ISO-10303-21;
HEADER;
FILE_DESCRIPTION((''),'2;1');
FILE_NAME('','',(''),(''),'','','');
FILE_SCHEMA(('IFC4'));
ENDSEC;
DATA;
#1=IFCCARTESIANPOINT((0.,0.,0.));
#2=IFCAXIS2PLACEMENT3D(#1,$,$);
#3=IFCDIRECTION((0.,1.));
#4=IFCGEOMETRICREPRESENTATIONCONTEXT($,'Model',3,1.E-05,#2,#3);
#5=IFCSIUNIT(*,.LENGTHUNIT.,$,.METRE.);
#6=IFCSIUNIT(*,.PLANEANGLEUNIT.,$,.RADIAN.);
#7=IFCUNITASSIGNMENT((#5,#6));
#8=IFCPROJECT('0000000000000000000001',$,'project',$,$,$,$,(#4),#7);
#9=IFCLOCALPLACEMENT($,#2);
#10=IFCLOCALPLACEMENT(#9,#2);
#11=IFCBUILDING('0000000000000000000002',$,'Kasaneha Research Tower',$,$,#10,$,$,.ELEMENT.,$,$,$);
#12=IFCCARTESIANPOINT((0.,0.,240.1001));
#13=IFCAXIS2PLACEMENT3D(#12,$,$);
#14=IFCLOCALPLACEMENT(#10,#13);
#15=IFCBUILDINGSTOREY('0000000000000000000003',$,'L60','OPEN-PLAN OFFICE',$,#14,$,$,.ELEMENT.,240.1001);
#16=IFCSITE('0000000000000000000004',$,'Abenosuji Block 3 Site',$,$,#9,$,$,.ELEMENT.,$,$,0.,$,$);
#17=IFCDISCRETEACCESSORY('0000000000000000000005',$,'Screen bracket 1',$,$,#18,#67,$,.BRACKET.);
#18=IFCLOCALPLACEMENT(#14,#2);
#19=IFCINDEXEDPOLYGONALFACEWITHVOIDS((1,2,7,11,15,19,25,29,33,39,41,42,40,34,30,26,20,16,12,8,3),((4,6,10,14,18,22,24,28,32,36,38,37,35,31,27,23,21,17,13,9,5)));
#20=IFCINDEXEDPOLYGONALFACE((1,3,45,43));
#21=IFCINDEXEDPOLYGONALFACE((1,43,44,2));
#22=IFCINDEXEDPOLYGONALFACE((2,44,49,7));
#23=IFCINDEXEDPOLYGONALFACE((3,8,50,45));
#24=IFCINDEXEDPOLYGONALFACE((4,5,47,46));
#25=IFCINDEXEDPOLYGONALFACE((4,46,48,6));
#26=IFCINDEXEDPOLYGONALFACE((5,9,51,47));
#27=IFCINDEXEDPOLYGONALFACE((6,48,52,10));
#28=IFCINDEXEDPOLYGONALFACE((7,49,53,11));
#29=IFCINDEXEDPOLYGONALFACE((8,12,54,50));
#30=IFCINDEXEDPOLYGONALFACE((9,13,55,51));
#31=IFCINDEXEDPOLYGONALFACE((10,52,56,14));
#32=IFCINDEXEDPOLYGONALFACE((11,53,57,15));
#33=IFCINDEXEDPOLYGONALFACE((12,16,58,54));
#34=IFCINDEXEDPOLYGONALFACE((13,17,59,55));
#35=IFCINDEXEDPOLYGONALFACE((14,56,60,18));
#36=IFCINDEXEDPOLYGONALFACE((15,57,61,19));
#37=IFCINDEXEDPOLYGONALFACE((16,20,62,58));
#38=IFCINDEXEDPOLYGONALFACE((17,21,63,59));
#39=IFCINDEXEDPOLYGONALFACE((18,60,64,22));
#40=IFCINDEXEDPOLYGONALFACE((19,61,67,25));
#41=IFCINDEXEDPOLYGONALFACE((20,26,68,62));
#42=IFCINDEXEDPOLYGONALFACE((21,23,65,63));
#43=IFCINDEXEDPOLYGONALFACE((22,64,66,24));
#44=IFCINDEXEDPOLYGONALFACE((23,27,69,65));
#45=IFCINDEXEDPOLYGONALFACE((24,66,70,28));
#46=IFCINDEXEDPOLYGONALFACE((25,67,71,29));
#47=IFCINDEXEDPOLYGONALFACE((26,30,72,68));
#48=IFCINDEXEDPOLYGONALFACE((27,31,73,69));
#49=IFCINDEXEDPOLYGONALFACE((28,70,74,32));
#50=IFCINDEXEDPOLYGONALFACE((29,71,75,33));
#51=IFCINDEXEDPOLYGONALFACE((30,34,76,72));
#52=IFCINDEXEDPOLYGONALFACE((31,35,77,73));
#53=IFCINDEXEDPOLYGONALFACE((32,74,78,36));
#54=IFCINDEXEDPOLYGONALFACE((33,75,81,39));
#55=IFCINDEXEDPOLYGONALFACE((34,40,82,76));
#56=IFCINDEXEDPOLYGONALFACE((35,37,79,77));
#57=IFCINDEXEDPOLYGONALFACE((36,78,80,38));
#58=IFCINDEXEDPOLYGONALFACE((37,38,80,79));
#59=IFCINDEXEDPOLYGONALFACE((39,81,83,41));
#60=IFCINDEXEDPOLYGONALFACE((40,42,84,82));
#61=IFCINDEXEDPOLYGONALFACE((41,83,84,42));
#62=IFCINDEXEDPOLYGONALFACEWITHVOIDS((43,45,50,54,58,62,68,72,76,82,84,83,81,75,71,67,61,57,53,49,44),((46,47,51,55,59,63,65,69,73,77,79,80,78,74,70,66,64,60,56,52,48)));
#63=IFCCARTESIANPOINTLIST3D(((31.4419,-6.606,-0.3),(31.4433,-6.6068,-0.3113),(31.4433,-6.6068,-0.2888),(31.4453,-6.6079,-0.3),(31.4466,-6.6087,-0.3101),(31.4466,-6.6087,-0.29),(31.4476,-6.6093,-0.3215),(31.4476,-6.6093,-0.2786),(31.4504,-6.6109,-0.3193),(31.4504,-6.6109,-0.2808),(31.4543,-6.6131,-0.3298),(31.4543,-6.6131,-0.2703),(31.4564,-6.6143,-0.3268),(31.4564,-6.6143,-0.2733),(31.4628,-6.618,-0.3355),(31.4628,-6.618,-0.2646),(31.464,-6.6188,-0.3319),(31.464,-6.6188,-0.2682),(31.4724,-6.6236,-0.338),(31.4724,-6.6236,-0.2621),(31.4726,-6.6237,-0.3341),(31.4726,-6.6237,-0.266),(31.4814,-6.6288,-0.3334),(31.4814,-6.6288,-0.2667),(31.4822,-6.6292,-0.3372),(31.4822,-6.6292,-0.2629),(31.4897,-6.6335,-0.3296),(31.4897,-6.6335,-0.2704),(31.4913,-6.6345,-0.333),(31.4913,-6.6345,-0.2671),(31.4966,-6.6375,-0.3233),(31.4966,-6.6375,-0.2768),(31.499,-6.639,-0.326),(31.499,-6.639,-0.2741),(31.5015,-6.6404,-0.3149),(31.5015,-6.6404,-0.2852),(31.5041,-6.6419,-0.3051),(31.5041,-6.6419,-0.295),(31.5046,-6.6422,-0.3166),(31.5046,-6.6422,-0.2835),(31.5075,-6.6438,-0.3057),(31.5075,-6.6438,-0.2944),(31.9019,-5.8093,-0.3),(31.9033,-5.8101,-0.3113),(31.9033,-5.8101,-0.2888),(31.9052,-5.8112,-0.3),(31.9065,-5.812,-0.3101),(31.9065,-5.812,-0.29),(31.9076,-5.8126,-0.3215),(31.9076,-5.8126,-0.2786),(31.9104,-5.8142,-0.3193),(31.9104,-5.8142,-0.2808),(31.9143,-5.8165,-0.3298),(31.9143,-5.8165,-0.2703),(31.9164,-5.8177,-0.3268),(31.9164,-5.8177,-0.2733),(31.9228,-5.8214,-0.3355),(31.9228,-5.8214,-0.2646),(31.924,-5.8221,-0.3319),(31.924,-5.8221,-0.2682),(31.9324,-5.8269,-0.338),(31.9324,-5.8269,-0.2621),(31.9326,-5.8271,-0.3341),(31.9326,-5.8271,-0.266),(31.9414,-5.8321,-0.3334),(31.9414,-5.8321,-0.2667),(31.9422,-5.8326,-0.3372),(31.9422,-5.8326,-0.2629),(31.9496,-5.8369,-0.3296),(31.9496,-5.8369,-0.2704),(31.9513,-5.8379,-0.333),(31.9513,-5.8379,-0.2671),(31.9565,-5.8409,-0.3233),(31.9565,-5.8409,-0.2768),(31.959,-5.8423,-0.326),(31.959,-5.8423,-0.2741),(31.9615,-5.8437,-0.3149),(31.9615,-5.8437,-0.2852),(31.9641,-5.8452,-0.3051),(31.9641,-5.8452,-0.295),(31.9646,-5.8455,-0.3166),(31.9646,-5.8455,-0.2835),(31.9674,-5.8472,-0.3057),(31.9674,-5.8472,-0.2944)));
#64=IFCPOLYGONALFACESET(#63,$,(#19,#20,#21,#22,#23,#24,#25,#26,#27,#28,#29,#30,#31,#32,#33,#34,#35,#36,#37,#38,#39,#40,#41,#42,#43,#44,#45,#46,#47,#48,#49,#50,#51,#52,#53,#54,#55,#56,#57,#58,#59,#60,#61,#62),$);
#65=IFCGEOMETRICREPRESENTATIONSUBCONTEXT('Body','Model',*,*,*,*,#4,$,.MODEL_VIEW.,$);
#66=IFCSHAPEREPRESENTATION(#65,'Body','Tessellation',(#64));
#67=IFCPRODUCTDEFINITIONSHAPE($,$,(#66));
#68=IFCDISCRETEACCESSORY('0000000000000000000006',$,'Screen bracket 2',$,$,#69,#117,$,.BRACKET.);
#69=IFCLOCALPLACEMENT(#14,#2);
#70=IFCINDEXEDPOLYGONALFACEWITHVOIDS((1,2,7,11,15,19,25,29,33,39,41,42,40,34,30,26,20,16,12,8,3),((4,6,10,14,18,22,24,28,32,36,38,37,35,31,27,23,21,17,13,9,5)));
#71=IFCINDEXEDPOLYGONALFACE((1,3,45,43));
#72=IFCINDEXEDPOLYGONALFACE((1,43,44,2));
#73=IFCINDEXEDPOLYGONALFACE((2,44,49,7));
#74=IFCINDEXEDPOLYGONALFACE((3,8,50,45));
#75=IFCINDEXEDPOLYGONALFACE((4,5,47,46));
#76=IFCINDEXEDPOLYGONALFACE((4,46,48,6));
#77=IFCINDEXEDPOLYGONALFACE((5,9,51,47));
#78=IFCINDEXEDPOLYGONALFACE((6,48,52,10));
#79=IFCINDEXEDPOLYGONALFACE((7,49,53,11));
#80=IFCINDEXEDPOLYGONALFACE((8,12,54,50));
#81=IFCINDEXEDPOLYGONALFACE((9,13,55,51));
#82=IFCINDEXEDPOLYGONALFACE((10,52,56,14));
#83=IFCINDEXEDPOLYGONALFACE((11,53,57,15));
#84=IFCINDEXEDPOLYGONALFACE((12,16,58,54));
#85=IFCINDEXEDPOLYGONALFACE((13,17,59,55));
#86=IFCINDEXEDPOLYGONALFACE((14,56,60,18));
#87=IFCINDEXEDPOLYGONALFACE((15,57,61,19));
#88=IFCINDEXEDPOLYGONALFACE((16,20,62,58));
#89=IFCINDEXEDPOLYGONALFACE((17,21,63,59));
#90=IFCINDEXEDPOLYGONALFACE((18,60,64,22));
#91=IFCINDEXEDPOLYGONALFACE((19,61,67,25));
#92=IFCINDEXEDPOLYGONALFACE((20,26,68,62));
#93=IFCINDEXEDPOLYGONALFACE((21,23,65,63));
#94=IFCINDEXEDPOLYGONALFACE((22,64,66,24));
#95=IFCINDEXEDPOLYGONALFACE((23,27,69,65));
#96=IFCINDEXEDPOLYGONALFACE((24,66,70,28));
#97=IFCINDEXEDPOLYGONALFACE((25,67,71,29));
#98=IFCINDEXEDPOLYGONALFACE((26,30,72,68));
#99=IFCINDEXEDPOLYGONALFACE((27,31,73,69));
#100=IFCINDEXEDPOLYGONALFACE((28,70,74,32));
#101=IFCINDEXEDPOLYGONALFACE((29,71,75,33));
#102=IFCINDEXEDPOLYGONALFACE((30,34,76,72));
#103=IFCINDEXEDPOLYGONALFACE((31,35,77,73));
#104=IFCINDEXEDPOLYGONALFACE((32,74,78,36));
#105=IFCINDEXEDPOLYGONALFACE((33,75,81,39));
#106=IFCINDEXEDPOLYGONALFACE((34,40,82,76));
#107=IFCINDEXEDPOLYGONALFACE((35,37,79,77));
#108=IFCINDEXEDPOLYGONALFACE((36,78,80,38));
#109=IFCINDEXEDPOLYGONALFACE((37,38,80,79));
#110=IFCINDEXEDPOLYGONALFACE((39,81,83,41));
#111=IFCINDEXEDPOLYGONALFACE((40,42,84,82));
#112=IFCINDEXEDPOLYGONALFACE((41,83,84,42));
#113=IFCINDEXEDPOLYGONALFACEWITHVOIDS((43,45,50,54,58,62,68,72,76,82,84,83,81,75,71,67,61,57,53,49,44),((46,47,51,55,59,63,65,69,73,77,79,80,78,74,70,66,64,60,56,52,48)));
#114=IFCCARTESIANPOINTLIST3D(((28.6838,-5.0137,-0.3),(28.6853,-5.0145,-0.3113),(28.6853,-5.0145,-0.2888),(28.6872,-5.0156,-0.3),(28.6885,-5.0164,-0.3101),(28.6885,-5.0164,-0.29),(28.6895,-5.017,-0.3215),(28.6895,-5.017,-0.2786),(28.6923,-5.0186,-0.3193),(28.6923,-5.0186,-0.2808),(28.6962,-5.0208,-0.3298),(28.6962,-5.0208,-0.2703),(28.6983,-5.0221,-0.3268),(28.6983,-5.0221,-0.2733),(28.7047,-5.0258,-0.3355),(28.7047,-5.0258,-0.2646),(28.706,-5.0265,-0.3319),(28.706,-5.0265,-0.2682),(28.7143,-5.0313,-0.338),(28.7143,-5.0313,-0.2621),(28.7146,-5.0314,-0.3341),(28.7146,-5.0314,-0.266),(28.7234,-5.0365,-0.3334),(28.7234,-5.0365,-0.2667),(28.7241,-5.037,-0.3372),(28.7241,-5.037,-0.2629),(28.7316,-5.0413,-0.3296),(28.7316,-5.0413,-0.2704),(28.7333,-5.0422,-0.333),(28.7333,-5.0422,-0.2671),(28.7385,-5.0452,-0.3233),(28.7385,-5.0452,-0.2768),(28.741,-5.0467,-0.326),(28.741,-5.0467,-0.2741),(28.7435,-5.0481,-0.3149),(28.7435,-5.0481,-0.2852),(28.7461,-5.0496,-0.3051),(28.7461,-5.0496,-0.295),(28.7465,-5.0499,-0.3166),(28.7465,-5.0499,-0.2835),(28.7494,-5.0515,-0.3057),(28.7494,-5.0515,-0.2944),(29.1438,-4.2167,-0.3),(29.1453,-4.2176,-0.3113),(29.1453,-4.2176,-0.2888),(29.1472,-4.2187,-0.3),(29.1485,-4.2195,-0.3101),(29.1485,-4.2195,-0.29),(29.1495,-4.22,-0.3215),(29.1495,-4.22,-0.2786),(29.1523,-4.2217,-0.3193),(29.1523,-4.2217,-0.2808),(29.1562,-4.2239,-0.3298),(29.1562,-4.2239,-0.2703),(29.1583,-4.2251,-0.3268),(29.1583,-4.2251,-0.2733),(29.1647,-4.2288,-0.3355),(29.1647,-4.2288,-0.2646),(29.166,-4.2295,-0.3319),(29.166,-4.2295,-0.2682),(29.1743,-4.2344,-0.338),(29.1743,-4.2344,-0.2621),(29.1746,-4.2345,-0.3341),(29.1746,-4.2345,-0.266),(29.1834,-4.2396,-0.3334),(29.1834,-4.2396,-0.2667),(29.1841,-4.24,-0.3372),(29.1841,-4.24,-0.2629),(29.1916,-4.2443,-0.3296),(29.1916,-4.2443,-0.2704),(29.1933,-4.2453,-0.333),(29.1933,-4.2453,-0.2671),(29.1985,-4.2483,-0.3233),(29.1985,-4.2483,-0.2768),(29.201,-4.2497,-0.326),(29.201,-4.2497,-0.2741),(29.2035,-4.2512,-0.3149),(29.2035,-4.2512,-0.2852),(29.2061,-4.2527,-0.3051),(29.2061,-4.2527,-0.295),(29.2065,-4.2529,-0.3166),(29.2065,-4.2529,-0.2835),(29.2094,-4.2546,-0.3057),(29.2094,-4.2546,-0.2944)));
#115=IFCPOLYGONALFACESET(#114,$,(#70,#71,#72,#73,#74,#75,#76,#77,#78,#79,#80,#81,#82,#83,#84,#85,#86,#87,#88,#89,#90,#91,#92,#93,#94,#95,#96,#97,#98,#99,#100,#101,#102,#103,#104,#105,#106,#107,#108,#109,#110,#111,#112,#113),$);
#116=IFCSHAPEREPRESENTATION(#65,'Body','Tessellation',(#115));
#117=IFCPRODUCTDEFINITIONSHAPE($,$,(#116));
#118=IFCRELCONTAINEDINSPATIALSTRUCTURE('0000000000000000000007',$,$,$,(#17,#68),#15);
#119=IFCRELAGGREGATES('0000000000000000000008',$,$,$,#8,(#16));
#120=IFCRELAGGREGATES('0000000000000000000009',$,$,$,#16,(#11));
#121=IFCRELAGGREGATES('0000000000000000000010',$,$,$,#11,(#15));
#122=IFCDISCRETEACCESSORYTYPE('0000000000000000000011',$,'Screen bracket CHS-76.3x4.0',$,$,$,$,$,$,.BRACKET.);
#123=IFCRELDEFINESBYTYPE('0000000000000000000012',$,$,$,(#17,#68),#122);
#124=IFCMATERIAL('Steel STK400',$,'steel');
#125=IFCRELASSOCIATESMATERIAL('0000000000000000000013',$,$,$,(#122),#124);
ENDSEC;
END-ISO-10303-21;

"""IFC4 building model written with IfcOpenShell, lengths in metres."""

from ifc_helpers import new_model, si_unit, direction, frame, origin, origin_2d, place, context, subcontext, project, spatial, hollow_circle, extrude, material, material_profile, profile_set, type_object, element, save


model = new_model("IFC4")

# Units and contexts
model_context = context("Model", 3, precision=1e-05, world=origin(), true_north=direction((0.0, 1.0)))
body_context = subcontext(model_context, "Body", "Model", "MODEL_VIEW")
ifc_project = project(units=[si_unit("LENGTHUNIT", "METRE"), si_unit("PLANEANGLEUNIT", "RADIAN")], contexts=[model_context])

# Site, building, storey
site_placement = place(None, origin())
site = spatial("IfcSite", under=ifc_project, at=site_placement, Name="Abenosuji Block 3 Site", CompositionType="ELEMENT", RefElevation=0.0)
building_placement = place(site_placement, origin())
building = spatial("IfcBuilding", under=site, at=building_placement, Name="Kasaneha Research Tower", CompositionType="ELEMENT")
storey_placement = place(building_placement, frame((0.0, 0.0, 240.1001)))
storey = spatial("IfcBuildingStorey", under=building, at=storey_placement, Name="L60", Description="OPEN-PLAN OFFICE", CompositionType="ELEMENT", Elevation=240.1001)

# Discrete accessories
ifc_material_1 = material(Name="Steel STK400", Category="steel")
ifc_material_profile_1 = material_profile(ifc_material_1, hollow_circle(Radius=0.0381, WallThickness=0.0039, at=origin_2d()), Name="CHS-76.3x4.0")
ifc_profile_set_1 = profile_set([ifc_material_profile_1], Name="Steel STK400")
discrete_accessory_type = type_object("IfcDiscreteAccessoryType", Name="Screen bracket CHS-76.3x4.0", PredefinedType="BRACKET", material=ifc_profile_set_1)
discrete_accessory_1_placement = place(storey_placement, frame((31.4749, -6.625, -0.3), z_axis=(0.500021, 0.866013, 0.0), x_axis=(-0.866013, 0.500021, 0.0)))
element("IfcDiscreteAccessory", 1, at=discrete_accessory_1_placement, inside=storey, type_object=discrete_accessory_type, Name="Screen bracket 1", PredefinedType="BRACKET", context=body_context, shape_type="SweptSolid", body=[
    extrude(hollow_circle(Radius=0.0381, WallThickness=0.0039, at=origin_2d()), origin(), (0.0, 0.0, 1.0), 0.9199),
])
discrete_accessory_2_placement = place(storey_placement, frame((28.7168, -5.0327, -0.3), z_axis=(0.499906, 0.86608, 0.0), x_axis=(-0.86608, 0.499906, 0.0)))
element("IfcDiscreteAccessory", 2, at=discrete_accessory_2_placement, inside=storey, type_object=discrete_accessory_type, Name="Screen bracket 2", PredefinedType="BRACKET", context=body_context, shape_type="SweptSolid", body=[
    extrude(hollow_circle(Radius=0.0381, WallThickness=0.0039, at=origin_2d()), origin(), (0.0, 0.0, 1.0), 0.9202),
])

save(model, "model.ifc")
